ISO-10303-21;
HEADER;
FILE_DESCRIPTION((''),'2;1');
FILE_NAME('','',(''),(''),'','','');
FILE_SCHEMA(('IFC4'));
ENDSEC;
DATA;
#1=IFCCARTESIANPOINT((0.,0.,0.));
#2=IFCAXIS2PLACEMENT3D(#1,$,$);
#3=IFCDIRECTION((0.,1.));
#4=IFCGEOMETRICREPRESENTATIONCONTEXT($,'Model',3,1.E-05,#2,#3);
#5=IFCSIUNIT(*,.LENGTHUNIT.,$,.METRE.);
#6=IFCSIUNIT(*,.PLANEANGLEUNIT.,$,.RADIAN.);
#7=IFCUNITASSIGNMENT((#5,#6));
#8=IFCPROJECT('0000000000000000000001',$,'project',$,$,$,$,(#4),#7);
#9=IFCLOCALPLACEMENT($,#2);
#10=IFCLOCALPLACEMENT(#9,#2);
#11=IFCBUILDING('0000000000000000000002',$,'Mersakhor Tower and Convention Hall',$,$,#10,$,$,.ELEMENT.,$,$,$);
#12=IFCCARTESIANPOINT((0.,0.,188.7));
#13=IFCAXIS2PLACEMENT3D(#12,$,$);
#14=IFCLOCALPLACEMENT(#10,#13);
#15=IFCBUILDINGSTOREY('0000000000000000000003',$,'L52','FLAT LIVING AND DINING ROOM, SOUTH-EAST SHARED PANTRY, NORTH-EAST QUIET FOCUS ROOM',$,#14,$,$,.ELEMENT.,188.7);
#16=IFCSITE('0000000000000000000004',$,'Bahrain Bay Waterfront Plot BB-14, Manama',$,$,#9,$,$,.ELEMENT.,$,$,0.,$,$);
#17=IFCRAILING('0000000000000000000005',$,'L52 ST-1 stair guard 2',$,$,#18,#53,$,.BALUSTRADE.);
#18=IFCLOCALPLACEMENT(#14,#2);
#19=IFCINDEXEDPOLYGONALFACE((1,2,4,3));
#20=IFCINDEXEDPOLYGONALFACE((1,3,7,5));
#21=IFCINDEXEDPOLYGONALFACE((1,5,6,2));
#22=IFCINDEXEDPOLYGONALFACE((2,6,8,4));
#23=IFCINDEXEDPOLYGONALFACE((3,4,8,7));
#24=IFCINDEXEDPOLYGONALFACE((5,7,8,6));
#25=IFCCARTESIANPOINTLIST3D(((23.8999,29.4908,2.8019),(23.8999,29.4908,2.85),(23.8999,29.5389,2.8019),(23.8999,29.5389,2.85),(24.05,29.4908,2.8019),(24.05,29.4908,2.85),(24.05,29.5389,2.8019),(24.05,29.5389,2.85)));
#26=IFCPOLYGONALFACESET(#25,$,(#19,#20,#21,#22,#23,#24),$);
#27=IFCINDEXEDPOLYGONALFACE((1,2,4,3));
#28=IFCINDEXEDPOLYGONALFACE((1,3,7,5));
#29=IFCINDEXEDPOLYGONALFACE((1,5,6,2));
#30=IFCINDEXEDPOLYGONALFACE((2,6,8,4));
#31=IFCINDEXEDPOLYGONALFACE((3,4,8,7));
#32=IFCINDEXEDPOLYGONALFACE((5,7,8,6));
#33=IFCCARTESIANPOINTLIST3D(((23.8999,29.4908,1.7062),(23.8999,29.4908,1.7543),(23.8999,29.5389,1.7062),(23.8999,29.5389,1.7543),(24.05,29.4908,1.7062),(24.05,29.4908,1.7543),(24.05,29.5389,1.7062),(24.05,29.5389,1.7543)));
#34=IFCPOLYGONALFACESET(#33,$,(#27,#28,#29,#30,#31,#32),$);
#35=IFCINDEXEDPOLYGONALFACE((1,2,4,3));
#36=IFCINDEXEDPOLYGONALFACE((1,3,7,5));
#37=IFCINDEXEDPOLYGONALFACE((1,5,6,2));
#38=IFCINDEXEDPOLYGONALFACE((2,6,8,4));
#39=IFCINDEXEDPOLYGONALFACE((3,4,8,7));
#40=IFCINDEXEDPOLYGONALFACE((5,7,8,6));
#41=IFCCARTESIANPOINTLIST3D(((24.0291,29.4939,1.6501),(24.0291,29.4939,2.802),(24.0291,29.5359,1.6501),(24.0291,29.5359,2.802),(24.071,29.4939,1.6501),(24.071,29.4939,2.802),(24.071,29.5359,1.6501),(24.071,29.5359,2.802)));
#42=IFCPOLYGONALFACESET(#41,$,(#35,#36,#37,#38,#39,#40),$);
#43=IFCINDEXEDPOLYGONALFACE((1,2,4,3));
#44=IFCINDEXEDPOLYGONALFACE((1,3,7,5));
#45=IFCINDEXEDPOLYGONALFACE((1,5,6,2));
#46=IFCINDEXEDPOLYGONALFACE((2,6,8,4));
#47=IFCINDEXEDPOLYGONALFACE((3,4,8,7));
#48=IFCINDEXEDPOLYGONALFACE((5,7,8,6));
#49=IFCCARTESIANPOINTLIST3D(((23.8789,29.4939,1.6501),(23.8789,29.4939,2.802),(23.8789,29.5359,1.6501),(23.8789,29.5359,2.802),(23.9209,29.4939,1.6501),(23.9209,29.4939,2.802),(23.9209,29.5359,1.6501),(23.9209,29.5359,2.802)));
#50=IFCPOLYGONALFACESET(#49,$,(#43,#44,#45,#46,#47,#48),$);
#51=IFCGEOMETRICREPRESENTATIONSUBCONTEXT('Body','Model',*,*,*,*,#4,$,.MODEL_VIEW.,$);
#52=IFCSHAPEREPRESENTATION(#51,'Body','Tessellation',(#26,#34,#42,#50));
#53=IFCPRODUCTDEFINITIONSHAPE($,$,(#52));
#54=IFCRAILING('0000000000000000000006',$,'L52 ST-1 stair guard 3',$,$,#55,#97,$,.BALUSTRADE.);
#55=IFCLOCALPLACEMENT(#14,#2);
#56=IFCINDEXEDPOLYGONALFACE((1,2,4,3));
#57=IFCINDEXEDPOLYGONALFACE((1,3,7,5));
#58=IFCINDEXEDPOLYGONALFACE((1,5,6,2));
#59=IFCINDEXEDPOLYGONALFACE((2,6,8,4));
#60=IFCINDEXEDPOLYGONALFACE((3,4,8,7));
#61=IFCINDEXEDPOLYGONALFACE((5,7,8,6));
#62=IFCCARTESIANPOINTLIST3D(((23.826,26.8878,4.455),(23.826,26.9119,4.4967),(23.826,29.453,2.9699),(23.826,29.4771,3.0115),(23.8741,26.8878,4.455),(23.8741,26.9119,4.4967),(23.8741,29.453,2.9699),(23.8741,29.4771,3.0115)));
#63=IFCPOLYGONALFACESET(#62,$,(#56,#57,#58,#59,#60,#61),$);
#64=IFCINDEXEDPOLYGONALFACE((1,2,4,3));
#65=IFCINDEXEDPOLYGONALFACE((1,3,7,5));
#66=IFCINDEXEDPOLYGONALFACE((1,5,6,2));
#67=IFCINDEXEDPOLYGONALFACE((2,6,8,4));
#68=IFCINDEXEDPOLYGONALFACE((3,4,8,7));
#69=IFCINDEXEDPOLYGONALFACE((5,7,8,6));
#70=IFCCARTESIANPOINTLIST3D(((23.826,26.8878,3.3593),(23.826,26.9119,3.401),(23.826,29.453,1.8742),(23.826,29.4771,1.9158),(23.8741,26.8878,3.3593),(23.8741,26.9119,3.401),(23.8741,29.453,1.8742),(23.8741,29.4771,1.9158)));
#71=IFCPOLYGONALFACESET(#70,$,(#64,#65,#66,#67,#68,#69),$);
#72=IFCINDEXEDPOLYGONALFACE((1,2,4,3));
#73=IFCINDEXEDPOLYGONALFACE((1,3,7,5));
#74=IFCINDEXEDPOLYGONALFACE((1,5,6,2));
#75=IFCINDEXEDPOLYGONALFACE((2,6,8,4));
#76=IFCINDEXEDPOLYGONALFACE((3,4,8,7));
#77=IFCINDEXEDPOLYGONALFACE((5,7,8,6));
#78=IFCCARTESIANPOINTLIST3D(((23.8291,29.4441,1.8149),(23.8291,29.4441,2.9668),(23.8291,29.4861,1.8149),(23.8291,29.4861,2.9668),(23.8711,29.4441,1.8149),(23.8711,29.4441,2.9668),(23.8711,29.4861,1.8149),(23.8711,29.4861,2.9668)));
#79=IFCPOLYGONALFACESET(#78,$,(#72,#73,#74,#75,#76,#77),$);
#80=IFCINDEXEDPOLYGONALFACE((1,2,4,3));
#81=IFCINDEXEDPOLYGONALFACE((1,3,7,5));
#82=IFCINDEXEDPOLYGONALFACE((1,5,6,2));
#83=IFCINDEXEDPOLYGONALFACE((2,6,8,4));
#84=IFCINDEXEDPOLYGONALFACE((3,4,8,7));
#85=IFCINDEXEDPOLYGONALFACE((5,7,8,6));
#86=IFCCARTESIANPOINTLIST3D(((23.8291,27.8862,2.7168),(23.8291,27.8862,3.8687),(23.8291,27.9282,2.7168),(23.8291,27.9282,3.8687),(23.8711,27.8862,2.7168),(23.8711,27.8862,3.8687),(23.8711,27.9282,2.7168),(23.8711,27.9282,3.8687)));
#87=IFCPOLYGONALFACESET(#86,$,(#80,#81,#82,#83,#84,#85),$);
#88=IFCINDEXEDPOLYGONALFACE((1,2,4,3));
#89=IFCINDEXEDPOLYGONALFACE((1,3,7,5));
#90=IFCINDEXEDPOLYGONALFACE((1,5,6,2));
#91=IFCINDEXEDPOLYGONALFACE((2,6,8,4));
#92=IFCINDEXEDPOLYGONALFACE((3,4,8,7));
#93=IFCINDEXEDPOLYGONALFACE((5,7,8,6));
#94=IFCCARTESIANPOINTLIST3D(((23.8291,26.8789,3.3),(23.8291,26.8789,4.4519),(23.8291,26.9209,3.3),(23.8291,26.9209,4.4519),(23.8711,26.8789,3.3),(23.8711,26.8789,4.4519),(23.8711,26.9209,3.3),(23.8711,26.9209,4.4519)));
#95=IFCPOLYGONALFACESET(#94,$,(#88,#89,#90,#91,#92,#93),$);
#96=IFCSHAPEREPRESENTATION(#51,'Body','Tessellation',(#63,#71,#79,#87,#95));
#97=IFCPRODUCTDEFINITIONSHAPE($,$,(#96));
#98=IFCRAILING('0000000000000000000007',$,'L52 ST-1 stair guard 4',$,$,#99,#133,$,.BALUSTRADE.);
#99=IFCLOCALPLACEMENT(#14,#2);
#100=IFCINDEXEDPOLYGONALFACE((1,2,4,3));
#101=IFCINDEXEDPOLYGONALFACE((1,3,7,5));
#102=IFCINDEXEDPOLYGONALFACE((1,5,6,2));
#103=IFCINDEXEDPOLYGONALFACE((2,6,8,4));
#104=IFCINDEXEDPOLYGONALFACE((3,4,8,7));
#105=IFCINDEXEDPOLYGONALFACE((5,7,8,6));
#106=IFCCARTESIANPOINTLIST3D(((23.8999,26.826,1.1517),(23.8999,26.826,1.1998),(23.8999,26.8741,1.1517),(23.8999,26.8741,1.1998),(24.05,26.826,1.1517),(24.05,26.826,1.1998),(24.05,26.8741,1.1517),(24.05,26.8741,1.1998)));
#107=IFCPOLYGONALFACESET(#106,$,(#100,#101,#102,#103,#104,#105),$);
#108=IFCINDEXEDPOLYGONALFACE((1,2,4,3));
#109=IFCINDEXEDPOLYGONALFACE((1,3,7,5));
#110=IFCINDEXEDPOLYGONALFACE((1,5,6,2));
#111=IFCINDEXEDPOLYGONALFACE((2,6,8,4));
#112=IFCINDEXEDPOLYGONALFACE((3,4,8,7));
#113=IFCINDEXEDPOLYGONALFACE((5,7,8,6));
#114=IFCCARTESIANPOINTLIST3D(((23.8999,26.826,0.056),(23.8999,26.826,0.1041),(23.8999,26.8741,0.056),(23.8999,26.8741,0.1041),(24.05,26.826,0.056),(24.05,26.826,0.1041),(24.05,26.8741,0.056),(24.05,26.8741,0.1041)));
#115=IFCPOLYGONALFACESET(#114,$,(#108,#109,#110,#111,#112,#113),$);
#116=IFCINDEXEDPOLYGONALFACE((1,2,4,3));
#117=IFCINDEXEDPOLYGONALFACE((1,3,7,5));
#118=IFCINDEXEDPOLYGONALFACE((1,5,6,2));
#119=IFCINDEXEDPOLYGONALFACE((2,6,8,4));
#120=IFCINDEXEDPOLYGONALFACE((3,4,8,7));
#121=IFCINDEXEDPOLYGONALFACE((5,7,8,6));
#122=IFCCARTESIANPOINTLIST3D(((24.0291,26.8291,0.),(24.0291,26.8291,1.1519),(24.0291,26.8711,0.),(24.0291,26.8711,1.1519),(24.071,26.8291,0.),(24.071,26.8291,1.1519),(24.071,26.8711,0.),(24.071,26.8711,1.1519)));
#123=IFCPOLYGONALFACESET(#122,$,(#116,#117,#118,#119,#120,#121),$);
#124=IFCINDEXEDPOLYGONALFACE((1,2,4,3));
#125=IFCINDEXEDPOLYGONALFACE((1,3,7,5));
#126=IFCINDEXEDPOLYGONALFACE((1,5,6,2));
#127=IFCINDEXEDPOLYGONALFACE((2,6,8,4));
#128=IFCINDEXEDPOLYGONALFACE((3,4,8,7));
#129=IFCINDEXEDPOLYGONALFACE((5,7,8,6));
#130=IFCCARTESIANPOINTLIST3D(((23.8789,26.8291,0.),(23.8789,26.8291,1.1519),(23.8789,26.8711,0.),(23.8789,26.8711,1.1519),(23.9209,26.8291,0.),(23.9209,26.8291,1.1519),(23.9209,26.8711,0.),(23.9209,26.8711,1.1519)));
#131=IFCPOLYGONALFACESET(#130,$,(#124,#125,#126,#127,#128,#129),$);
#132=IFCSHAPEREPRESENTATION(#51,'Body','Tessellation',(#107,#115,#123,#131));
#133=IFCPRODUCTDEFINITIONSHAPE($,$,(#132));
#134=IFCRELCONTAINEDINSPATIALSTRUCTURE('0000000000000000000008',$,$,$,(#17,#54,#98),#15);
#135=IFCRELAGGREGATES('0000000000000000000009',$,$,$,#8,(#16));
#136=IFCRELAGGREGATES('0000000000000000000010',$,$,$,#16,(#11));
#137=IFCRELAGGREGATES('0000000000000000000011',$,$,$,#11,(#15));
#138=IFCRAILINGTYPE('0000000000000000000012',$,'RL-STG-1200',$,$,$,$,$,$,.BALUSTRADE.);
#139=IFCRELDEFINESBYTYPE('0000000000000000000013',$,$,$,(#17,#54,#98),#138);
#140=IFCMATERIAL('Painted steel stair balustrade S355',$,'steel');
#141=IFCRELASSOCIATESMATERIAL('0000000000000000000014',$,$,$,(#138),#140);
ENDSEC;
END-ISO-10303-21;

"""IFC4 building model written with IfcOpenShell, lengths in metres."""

from ifc_helpers import new_model, si_unit, direction, frame, origin, origin_2d, place, context, subcontext, project, spatial, rectangle, extrude, material, type_object, element, save


model = new_model("IFC4")

# Units and contexts
model_context = context("Model", 3, precision=1e-05, world=origin(), true_north=direction((0.0, 1.0)))
body_context = subcontext(model_context, "Body", "Model", "MODEL_VIEW")
ifc_project = project(units=[si_unit("LENGTHUNIT", "METRE"), si_unit("PLANEANGLEUNIT", "RADIAN")], contexts=[model_context])

# Site, building, storey
site_placement = place(None, origin())
site = spatial("IfcSite", under=ifc_project, at=site_placement, Name="Bahrain Bay Waterfront Plot BB-14, Manama", CompositionType="ELEMENT", RefElevation=0.0)
building_placement = place(site_placement, origin())
building = spatial("IfcBuilding", under=site, at=building_placement, Name="Mersakhor Tower and Convention Hall", CompositionType="ELEMENT")
storey_placement = place(building_placement, frame((0.0, 0.0, 188.7)))
storey = spatial("IfcBuildingStorey", under=building, at=storey_placement, Name="L52", Description="FLAT LIVING AND DINING ROOM, SOUTH-EAST SHARED PANTRY, NORTH-EAST QUIET FOCUS ROOM", CompositionType="ELEMENT", Elevation=188.7)

# Railings
ifc_material_1 = material(Name="Painted steel stair balustrade S355", Category="steel")
railing_type_1 = type_object("IfcRailingType", Name="RL-STG-1200", PredefinedType="BALUSTRADE", material=ifc_material_1)
railing_1_placement = place(storey_placement, frame((24.05, 29.5149, 1.6501)))
element("IfcRailing", 1, at=railing_1_placement, inside=storey, type_object=railing_type_1, Name="L52 ST-1 stair guard 2", PredefinedType="BALUSTRADE", context=body_context, shape_type="SweptSolid", body=[
    extrude(rectangle(XDim=0.0481, YDim=0.0481, at=origin_2d()), frame((0.0, 0.0, 1.1758), z_axis=(-1.0, 0.0, 0.0), x_axis=(0.0, -1.0, 0.0)), (0.0, 0.0, 1.0), 0.1501),
    extrude(rectangle(XDim=0.0481, YDim=0.0481, at=origin_2d()), frame((0.0, 0.0, 0.0801), z_axis=(-1.0, 0.0, 0.0), x_axis=(0.0, -1.0, 0.0)), (0.0, 0.0, 1.0), 0.1501),
    extrude(rectangle(XDim=0.042, YDim=0.042, at=origin_2d()), origin(), (0.0, 0.0, 1.0), 1.1519),
    extrude(rectangle(XDim=0.042, YDim=0.042, at=origin_2d()), frame((-0.1501, 0.0, 0.0)), (0.0, 0.0, 1.0), 1.1519),
])
railing_2_placement = place(storey_placement, frame((23.8501, 29.4651, 1.8149)))
element("IfcRailing", 2, at=railing_2_placement, inside=storey, type_object=railing_type_1, Name="L52 ST-1 stair guard 3", PredefinedType="BALUSTRADE", context=body_context, shape_type="SweptSolid", body=[
    extrude(rectangle(XDim=0.0481, YDim=0.0481, at=origin_2d()), frame((0.0, 0.0, 1.1758), z_axis=(0.0, -0.865426, 0.501036), x_axis=(1.0, 0.0, 0.0)), (0.0, 0.0, 1.0), 2.9641),
    extrude(rectangle(XDim=0.0481, YDim=0.0481, at=origin_2d()), frame((0.0, 0.0, 0.0801), z_axis=(0.0, -0.865426, 0.501036), x_axis=(1.0, 0.0, 0.0)), (0.0, 0.0, 1.0), 2.9641),
    extrude(rectangle(XDim=0.042, YDim=0.042, at=origin_2d()), origin(), (0.0, 0.0, 1.0), 1.1519),
    extrude(rectangle(XDim=0.042, YDim=0.042, at=origin_2d()), frame((0.0, -1.5579, 0.9019)), (0.0, 0.0, 1.0), 1.1519),
    extrude(rectangle(XDim=0.042, YDim=0.042, at=origin_2d()), frame((0.0, -2.5652, 1.4851)), (0.0, 0.0, 1.0), 1.1519),
])
railing_3_placement = place(storey_placement, frame((24.05, 26.8501, 0.0)))
element("IfcRailing", 3, at=railing_3_placement, inside=storey, type_object=railing_type_1, Name="L52 ST-1 stair guard 4", PredefinedType="BALUSTRADE", context=body_context, shape_type="SweptSolid", body=[
    extrude(rectangle(XDim=0.0481, YDim=0.0481, at=origin_2d()), frame((0.0, 0.0, 1.1758), z_axis=(-1.0, 0.0, 0.0), x_axis=(0.0, -1.0, 0.0)), (0.0, 0.0, 1.0), 0.1501),
    extrude(rectangle(XDim=0.0481, YDim=0.0481, at=origin_2d()), frame((0.0, 0.0, 0.0801), z_axis=(-1.0, 0.0, 0.0), x_axis=(0.0, -1.0, 0.0)), (0.0, 0.0, 1.0), 0.1501),
    extrude(rectangle(XDim=0.042, YDim=0.042, at=origin_2d()), origin(), (0.0, 0.0, 1.0), 1.1519),
    extrude(rectangle(XDim=0.042, YDim=0.042, at=origin_2d()), frame((-0.1501, 0.0, 0.0)), (0.0, 0.0, 1.0), 1.1519),
])

save(model, "model.ifc")
